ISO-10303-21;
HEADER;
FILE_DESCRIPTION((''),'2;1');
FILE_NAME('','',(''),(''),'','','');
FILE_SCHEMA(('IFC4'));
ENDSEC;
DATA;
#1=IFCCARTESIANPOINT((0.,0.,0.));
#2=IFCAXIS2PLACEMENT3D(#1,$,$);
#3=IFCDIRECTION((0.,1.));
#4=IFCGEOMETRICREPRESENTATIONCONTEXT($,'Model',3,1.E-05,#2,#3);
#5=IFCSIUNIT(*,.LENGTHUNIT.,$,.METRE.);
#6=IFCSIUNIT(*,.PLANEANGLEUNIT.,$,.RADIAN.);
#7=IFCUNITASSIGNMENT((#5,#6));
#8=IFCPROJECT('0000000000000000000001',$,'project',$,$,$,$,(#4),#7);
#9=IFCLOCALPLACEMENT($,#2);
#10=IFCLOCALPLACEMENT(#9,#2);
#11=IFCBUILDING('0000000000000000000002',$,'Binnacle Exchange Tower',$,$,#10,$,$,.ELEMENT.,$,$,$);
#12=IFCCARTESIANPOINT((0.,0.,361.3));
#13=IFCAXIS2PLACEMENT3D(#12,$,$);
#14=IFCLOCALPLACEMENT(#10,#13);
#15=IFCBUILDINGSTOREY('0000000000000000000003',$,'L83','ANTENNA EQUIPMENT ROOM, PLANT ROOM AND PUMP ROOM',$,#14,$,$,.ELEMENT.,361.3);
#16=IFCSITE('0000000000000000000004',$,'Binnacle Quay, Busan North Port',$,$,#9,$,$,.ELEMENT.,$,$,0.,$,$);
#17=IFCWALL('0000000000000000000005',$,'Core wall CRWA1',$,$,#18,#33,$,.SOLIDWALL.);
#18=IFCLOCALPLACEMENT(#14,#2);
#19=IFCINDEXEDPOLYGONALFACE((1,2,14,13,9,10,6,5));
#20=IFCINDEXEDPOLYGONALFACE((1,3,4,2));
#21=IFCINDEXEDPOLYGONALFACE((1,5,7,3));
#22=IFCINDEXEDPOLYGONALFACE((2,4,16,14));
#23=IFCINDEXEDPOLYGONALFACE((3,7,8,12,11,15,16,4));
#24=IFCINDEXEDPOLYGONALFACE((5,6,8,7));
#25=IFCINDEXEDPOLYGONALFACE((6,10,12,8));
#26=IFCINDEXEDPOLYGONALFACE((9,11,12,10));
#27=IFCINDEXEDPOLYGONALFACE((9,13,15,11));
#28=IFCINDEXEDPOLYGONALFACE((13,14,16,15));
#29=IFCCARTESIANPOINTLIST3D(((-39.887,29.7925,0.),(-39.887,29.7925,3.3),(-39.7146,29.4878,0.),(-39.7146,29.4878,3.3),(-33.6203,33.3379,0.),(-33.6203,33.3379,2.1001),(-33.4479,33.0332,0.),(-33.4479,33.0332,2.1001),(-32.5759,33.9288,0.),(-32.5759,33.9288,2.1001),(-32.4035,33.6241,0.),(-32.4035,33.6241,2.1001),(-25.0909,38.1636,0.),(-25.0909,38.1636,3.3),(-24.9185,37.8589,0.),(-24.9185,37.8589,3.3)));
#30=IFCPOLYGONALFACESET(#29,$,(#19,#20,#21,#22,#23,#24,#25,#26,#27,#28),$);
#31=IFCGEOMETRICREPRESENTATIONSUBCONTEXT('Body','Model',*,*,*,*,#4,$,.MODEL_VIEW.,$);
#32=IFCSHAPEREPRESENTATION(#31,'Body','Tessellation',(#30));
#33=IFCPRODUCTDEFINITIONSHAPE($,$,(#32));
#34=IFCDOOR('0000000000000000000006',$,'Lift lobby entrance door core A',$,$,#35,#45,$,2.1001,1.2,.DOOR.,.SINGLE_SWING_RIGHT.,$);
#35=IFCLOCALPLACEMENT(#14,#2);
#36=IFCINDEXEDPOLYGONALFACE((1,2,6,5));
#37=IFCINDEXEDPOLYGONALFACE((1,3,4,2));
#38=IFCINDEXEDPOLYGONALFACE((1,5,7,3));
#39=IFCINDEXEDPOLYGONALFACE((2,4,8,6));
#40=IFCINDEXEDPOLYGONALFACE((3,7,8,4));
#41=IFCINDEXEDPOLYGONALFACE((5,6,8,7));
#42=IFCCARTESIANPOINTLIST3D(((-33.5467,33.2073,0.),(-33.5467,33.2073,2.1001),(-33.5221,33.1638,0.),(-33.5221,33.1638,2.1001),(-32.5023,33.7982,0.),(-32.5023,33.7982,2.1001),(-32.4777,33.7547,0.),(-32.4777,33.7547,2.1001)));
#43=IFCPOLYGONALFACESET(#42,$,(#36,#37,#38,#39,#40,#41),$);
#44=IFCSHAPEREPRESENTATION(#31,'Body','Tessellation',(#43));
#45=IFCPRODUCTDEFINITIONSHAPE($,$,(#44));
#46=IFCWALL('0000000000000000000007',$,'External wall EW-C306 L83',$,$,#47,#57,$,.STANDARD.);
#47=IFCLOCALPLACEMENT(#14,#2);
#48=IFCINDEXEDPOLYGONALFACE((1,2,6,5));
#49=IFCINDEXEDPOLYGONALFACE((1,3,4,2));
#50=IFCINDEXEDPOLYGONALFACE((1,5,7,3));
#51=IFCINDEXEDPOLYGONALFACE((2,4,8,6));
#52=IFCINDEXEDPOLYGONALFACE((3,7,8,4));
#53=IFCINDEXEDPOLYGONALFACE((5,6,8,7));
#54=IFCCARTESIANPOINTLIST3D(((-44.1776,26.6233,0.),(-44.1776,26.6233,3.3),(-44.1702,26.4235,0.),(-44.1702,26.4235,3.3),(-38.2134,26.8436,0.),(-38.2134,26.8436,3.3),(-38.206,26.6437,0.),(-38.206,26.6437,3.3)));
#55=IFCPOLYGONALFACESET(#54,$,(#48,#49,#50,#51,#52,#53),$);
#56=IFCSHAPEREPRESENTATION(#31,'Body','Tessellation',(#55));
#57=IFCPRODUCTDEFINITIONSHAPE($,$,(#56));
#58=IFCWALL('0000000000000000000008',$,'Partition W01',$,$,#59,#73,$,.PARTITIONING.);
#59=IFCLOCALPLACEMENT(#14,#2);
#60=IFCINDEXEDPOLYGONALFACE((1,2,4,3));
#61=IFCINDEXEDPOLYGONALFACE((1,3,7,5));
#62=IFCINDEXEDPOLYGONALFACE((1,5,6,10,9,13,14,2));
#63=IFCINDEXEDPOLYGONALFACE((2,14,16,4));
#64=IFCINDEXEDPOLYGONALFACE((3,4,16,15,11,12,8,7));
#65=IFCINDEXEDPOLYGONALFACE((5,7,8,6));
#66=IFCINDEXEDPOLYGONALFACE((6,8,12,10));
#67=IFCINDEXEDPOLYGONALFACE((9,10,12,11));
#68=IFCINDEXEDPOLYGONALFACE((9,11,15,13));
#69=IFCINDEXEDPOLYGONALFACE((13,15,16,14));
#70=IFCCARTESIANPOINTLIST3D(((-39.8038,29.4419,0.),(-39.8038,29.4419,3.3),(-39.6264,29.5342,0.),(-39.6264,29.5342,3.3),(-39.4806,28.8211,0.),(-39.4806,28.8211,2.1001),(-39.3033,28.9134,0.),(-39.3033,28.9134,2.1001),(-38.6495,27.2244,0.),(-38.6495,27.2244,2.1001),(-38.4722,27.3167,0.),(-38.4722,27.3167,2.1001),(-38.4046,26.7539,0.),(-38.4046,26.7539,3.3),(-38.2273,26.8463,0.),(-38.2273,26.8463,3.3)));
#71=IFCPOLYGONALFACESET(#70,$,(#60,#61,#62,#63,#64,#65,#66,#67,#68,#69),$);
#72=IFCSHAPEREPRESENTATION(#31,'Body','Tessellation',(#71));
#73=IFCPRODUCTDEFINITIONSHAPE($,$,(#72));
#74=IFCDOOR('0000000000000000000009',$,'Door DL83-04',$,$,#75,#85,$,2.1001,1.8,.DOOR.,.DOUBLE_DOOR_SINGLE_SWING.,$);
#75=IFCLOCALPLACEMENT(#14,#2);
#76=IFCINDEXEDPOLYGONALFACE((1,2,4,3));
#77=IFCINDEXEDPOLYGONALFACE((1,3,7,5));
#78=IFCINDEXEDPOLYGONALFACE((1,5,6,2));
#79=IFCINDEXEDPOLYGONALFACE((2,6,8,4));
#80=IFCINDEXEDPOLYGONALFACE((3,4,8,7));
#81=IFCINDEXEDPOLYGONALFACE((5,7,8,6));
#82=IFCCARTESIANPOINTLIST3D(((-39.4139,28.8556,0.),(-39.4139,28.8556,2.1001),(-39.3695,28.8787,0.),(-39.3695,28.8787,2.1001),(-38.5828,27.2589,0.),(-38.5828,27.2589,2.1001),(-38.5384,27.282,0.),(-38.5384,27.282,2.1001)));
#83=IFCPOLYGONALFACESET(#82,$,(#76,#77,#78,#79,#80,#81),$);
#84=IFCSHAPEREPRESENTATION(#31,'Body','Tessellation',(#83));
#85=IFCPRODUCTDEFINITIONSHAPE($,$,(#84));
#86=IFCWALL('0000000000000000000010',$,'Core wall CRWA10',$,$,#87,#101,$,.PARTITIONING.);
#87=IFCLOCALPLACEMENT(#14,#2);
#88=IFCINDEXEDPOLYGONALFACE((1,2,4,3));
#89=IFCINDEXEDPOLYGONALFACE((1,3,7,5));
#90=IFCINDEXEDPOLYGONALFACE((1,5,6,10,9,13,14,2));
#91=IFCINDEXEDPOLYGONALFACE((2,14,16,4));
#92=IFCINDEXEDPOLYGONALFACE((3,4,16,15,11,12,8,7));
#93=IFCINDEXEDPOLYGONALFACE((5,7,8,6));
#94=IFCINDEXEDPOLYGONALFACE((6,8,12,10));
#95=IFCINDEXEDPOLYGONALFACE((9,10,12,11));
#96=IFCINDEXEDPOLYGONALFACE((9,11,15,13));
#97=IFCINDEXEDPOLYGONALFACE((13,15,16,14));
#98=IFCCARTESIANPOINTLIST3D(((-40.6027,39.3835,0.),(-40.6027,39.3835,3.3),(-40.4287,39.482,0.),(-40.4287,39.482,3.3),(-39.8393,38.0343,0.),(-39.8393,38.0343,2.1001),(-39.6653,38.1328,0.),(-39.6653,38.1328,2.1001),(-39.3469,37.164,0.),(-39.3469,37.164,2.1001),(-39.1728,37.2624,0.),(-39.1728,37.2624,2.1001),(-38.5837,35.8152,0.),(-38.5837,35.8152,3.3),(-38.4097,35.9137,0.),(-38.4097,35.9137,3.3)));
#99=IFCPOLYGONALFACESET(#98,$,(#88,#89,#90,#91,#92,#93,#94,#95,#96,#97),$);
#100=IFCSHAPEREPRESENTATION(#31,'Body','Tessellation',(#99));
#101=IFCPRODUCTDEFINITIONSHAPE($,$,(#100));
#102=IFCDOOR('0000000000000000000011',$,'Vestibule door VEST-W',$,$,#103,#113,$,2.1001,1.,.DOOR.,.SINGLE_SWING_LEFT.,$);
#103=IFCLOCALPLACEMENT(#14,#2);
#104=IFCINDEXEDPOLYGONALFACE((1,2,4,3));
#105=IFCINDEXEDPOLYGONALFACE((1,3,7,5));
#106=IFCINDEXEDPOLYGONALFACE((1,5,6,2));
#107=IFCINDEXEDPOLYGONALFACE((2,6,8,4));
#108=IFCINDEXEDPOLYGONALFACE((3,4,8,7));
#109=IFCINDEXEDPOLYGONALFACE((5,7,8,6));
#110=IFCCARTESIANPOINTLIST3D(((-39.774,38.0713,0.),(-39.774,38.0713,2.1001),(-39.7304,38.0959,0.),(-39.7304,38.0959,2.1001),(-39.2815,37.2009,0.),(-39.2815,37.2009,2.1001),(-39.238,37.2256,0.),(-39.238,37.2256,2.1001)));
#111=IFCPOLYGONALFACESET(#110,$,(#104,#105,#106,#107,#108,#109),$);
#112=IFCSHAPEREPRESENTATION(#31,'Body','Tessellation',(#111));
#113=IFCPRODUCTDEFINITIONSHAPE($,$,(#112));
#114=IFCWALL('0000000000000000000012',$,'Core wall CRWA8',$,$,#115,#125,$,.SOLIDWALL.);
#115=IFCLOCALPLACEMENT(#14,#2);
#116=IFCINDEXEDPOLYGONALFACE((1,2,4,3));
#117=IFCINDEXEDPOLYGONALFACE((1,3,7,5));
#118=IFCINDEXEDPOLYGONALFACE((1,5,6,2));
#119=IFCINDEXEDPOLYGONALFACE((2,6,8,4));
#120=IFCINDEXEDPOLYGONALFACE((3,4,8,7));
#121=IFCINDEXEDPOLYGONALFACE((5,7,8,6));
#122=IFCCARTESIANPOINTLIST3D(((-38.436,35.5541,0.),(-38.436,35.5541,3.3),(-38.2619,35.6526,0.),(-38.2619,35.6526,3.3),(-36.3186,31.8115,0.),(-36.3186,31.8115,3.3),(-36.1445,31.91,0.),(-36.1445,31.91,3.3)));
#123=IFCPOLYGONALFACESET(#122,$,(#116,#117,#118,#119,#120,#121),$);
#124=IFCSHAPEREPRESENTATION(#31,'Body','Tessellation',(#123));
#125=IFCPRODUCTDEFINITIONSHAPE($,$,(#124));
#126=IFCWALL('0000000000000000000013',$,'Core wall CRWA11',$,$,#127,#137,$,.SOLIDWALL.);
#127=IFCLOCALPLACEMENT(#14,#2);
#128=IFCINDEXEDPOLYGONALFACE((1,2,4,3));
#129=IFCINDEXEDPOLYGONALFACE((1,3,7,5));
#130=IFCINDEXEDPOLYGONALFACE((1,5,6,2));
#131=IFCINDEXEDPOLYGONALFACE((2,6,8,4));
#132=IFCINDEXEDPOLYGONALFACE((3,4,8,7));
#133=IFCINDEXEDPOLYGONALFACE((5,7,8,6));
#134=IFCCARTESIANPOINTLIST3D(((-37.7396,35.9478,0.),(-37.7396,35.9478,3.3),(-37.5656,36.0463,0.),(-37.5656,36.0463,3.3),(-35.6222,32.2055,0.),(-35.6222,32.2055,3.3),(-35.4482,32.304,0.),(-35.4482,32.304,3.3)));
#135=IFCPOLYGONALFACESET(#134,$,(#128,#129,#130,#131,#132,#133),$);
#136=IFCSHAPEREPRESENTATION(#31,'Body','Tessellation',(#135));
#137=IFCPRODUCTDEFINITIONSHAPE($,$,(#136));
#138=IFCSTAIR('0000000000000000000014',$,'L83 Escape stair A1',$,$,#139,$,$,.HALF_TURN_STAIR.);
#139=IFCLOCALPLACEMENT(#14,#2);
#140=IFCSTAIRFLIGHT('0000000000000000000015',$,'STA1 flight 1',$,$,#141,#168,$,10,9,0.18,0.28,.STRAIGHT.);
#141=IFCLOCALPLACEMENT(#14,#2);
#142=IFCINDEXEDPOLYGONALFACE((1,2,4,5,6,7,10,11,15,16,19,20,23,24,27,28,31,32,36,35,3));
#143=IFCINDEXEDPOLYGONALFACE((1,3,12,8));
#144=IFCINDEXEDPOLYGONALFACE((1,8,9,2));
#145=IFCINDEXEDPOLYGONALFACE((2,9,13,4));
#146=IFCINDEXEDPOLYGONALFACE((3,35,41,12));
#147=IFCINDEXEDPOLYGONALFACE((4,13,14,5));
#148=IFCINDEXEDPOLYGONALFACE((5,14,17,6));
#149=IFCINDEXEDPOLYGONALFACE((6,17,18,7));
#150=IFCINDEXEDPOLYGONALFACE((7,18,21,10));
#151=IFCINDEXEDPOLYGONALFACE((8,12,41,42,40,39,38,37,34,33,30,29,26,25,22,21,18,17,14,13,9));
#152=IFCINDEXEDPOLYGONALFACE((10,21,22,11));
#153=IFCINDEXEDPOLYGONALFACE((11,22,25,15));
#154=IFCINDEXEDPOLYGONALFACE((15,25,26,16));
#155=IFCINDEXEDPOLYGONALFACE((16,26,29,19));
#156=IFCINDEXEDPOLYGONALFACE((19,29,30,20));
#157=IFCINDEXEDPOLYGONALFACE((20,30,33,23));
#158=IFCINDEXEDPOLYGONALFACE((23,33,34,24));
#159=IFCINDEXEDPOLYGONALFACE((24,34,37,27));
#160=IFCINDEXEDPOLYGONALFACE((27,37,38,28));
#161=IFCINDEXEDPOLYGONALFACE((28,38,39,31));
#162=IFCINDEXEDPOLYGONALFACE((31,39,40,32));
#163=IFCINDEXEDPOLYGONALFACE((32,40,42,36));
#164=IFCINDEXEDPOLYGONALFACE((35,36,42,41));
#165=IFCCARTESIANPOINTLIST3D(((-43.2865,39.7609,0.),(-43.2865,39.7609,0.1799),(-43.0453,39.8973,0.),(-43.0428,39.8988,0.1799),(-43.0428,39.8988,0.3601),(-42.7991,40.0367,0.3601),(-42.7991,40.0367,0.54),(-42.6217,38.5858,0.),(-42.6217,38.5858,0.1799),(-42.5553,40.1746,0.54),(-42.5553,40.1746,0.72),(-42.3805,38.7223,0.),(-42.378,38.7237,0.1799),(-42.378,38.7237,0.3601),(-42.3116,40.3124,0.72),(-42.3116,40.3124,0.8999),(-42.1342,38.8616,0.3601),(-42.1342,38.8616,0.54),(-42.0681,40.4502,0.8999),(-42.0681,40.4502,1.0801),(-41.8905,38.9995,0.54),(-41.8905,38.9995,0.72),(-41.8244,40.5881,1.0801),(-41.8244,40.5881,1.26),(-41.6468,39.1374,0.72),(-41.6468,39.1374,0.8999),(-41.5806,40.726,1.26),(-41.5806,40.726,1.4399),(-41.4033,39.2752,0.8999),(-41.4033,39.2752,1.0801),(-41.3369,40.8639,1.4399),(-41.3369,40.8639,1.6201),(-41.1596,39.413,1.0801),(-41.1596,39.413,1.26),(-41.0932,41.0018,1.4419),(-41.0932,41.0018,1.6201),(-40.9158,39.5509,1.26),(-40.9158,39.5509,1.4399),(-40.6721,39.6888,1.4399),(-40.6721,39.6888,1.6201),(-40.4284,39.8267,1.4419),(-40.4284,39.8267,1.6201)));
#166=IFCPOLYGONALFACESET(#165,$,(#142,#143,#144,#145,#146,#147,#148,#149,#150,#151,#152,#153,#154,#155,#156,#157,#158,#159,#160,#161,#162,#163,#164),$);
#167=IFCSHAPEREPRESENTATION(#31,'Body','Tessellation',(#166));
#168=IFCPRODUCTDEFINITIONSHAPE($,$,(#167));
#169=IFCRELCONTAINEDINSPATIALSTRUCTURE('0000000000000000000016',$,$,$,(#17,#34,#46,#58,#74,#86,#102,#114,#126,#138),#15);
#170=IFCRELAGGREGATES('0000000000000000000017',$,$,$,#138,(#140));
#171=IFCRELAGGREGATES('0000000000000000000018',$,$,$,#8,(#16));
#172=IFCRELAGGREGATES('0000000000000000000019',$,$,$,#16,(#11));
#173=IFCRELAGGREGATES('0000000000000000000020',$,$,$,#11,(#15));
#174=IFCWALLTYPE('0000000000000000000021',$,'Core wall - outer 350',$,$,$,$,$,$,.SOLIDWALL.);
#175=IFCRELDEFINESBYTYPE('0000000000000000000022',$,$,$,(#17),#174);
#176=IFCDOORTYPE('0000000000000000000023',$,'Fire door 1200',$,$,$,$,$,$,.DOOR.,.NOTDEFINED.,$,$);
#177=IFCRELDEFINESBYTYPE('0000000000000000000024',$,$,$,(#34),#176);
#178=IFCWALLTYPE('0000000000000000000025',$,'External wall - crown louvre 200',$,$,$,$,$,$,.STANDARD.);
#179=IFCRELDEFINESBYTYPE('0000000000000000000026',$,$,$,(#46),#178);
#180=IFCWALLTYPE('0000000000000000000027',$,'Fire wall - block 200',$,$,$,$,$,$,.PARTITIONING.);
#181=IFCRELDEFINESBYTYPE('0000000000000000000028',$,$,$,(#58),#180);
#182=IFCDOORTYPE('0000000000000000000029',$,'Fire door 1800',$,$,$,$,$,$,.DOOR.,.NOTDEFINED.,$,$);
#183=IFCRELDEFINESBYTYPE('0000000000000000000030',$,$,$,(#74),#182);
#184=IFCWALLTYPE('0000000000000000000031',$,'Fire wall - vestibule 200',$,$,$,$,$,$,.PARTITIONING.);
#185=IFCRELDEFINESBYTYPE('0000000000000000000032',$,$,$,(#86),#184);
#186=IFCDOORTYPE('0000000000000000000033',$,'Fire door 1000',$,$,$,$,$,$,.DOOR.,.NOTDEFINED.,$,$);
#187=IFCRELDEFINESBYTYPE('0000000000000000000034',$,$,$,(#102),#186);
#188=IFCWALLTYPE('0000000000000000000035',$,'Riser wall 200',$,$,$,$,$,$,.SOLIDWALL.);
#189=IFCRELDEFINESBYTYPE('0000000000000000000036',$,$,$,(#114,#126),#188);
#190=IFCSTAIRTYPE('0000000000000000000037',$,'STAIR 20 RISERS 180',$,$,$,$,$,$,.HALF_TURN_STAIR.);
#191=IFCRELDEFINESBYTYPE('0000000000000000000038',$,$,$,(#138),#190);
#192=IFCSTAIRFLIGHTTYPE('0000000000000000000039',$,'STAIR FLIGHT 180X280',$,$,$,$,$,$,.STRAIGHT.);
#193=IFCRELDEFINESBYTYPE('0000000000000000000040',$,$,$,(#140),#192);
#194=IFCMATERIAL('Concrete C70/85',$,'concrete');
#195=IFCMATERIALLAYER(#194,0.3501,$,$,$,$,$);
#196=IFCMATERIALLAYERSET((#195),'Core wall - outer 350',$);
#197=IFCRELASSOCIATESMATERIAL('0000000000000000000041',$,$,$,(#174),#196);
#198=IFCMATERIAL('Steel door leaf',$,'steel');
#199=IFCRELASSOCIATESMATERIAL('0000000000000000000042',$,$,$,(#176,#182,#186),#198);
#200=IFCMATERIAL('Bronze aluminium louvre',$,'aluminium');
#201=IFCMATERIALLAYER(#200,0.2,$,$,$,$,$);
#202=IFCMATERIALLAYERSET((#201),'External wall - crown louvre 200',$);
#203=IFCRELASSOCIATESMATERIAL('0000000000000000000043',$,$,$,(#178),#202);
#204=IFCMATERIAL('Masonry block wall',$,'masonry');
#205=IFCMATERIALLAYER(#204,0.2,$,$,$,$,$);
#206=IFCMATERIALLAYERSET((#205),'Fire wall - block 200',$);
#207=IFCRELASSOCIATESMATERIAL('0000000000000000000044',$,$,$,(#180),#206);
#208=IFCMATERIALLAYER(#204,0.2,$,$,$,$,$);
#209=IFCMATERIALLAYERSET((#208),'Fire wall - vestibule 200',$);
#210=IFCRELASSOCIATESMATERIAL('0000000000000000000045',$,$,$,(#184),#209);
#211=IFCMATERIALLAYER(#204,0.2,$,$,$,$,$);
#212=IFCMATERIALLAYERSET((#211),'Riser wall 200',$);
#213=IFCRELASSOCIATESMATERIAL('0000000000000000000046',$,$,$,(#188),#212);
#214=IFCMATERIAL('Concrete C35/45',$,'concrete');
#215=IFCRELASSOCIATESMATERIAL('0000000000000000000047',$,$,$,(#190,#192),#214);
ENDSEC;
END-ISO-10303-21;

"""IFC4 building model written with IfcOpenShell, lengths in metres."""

from ifc_helpers import new_model, si_unit, direction, frame, frame_2d, origin, place, context, subcontext, project, spatial, polyline, rectangle, outline, extrude, material, layer, layer_set, type_object, element, fill, aggregate, save


model = new_model("IFC4")

# Units and contexts
model_context = context("Model", 3, precision=1e-05, world=origin(), true_north=direction((0.0, 1.0)))
body_context = subcontext(model_context, "Body", "Model", "MODEL_VIEW")
ifc_project = project(units=[si_unit("LENGTHUNIT", "METRE"), si_unit("PLANEANGLEUNIT", "RADIAN")], contexts=[model_context])

# Site, building, storey
site_placement = place(None, origin())
site = spatial("IfcSite", under=ifc_project, at=site_placement, Name="Binnacle Quay, Busan North Port", CompositionType="ELEMENT", RefElevation=0.0)
building_placement = place(site_placement, origin())
building = spatial("IfcBuilding", under=site, at=building_placement, Name="Binnacle Exchange Tower", CompositionType="ELEMENT")
storey_placement = place(building_placement, frame((0.0, 0.0, 361.3)))
storey = spatial("IfcBuildingStorey", under=building, at=storey_placement, Name="L83", Description="ANTENNA EQUIPMENT ROOM, PLANT ROOM AND PUMP ROOM", CompositionType="ELEMENT", Elevation=361.3)

# Shared definitions
ifc_material_1 = material(Name="Concrete C70/85", Category="concrete")
ifc_material_2 = material(Name="Steel door leaf", Category="steel")

# Wall, opening, door
ifc_layer_1 = layer(ifc_material_1, 0.3501)
ifc_layer_set_1 = layer_set([ifc_layer_1], Name="Core wall - outer 350")
wall_type_1 = type_object("IfcWallType", Name="Core wall - outer 350", PredefinedType="SOLIDWALL", material=ifc_layer_set_1)
wall_1_placement = place(storey_placement, frame((-39.8008, 29.6401, 0.0), z_axis=(0.0, 0.0, 1.0), x_axis=(0.87036, 0.492416, 0.0)))
wall_1 = element("IfcWall", 1, at=wall_1_placement, inside=storey, type_object=wall_type_1, Name="Core wall CRWA1", PredefinedType="SOLIDWALL", context=body_context, shape_type="SweptSolid", body=[
    extrude(rectangle(XDim=17.0, YDim=0.3501, at=frame_2d((8.5, 0.0))), origin(), (0.0, 0.0, 1.0), 3.3),
])
opening_1_placement = place(wall_1_placement, frame((7.2, 0.0, 0.0)))
opening_1 = element("IfcOpeningElement", 2, at=opening_1_placement, cuts=wall_1, PredefinedType="OPENING", context=body_context, shape_type="SweptSolid", body=[
    extrude(rectangle(XDim=1.2, YDim=2.1001, at=frame_2d((0.6001, 1.05))), frame((0.0, 0.1851, 0.0), z_axis=(0.0, -1.0, 0.0), x_axis=(1.0, 0.0, 0.0)), (0.0, 0.0, 1.0), 0.3701),
])
door_type_1 = type_object("IfcDoorType", Name="Fire door 1200", OperationType="NOTDEFINED", PredefinedType="DOOR", material=ifc_material_2)
door_1_placement = place(opening_1_placement, frame((1.2, 0.0, 0.0), z_axis=(0.0, 0.0, 1.0), x_axis=(-1.0, 0.0, 0.0)))
door_1 = element("IfcDoor", 3, at=door_1_placement, inside=storey, type_object=door_type_1, Name="Lift lobby entrance door core A", OperationType="SINGLE_SWING_RIGHT", OverallHeight=2.1001, OverallWidth=1.2, PredefinedType="DOOR", context=body_context, shape_type="SweptSolid", body=[
    extrude(rectangle(XDim=1.2, YDim=2.1001, at=frame_2d((0.6001, 1.05))), frame((0.0, 0.0249, 0.0), z_axis=(0.0, -1.0, 0.0), x_axis=(1.0, 0.0, 0.0)), (0.0, 0.0, 1.0), 0.05),
])
fill(opening_1, door_1)

# Wall
ifc_material_3 = material(Name="Bronze aluminium louvre", Category="aluminium")
ifc_layer_2 = layer(ifc_material_3, 0.2)
ifc_layer_set_2 = layer_set([ifc_layer_2], Name="External wall - crown louvre 200")
wall_type_2 = type_object("IfcWallType", Name="External wall - crown louvre 200", PredefinedType="STANDARD", material=ifc_layer_set_2)
wall_2_placement = place(storey_placement, frame((-38.2097, 26.7437, 0.0), z_axis=(0.0, 0.0, 1.0), x_axis=(-0.999319, -0.036898, 0.0)))
element("IfcWall", 4, at=wall_2_placement, inside=storey, type_object=wall_type_2, Name="External wall EW-C306 L83", PredefinedType="STANDARD", context=body_context, shape_type="SweptSolid", body=[
    extrude(rectangle(XDim=5.9683, YDim=0.2, at=frame_2d((2.9841, 0.0))), origin(), (0.0, 0.0, 1.0), 3.3),
])

# Walls, openings, doors
ifc_material_4 = material(Name="Masonry block wall", Category="masonry")
ifc_layer_3 = layer(ifc_material_4, 0.2)
ifc_layer_set_3 = layer_set([ifc_layer_3], Name="Fire wall - block 200")
wall_type_3 = type_object("IfcWallType", Name="Fire wall - block 200", PredefinedType="PARTITIONING", material=ifc_layer_set_3)
wall_3_placement = place(storey_placement, frame((-39.7151, 29.488, 0.0), z_axis=(0.0, 0.0, 1.0), x_axis=(0.461721, -0.887025, 0.0)))
wall_3 = element("IfcWall", 5, at=wall_3_placement, inside=storey, type_object=wall_type_3, Name="Partition W01", PredefinedType="PARTITIONING", context=body_context, shape_type="SweptSolid", body=[
    extrude(rectangle(XDim=3.0303, YDim=0.2, at=frame_2d((1.5151, 0.0))), origin(), (0.0, 0.0, 1.0), 3.3),
])
opening_2_placement = place(wall_3_placement, frame((0.7, 0.0, 0.0)))
opening_2 = element("IfcOpeningElement", 6, at=opening_2_placement, cuts=wall_3, PredefinedType="OPENING", context=body_context, shape_type="SweptSolid", body=[
    extrude(rectangle(XDim=1.8, YDim=2.1001, at=frame_2d((0.8999, 1.05))), frame((0.0, 0.1099, 0.0), z_axis=(0.0, -1.0, 0.0), x_axis=(1.0, 0.0, 0.0)), (0.0, 0.0, 1.0), 0.22),
])
door_type_2 = type_object("IfcDoorType", Name="Fire door 1800", OperationType="NOTDEFINED", PredefinedType="DOOR", material=ifc_material_2)
door_2_placement = place(opening_2_placement, frame((1.8, 0.0, 0.0), z_axis=(0.0, 0.0, 1.0), x_axis=(-1.0, 0.0, 0.0)))
door_2 = element("IfcDoor", 7, at=door_2_placement, inside=storey, type_object=door_type_2, Name="Door DL83-04", OperationType="DOUBLE_DOOR_SINGLE_SWING", OverallHeight=2.1001, OverallWidth=1.8, PredefinedType="DOOR", context=body_context, shape_type="SweptSolid", body=[
    extrude(rectangle(XDim=1.8, YDim=2.1001, at=frame_2d((0.8999, 1.05))), frame((0.0, 0.0249, 0.0), z_axis=(0.0, -1.0, 0.0), x_axis=(1.0, 0.0, 0.0)), (0.0, 0.0, 1.0), 0.05),
])
fill(opening_2, door_2)
ifc_layer_4 = layer(ifc_material_4, 0.2)
ifc_layer_set_4 = layer_set([ifc_layer_4], Name="Fire wall - vestibule 200")
wall_type_4 = type_object("IfcWallType", Name="Fire wall - vestibule 200", PredefinedType="PARTITIONING", material=ifc_layer_set_4)
wall_4_placement = place(storey_placement, frame((-40.5156, 39.4326, 0.0), z_axis=(0.0, 0.0, 1.0), x_axis=(0.492454, -0.870339, 0.0)))
wall_4 = element("IfcWall", 8, at=wall_4_placement, inside=storey, type_object=wall_type_4, Name="Core wall CRWA10", PredefinedType="PARTITIONING", context=body_context, shape_type="SweptSolid", body=[
    extrude(rectangle(XDim=4.0999, YDim=0.2, at=frame_2d((2.0498, 0.0))), origin(), (0.0, 0.0, 1.0), 3.3),
])
opening_3_placement = place(wall_4_placement, frame((1.55, 0.0, 0.0)))
opening_3 = element("IfcOpeningElement", 9, at=opening_3_placement, cuts=wall_4, PredefinedType="OPENING", context=body_context, shape_type="SweptSolid", body=[
    extrude(rectangle(XDim=1.0, YDim=2.1001, at=frame_2d((0.5, 1.05))), frame((0.0, 0.1099, 0.0), z_axis=(0.0, -1.0, 0.0), x_axis=(1.0, 0.0, 0.0)), (0.0, 0.0, 1.0), 0.22),
])
door_type_3 = type_object("IfcDoorType", Name="Fire door 1000", OperationType="NOTDEFINED", PredefinedType="DOOR", material=ifc_material_2)
door_3_placement = place(opening_3_placement, frame((1.0, 0.0, 0.0), z_axis=(0.0, 0.0, 1.0), x_axis=(-1.0, 0.0, 0.0)))
door_3 = element("IfcDoor", 10, at=door_3_placement, inside=storey, type_object=door_type_3, Name="Vestibule door VEST-W", OperationType="SINGLE_SWING_LEFT", OverallHeight=2.1001, OverallWidth=1.0, PredefinedType="DOOR", context=body_context, shape_type="SweptSolid", body=[
    extrude(rectangle(XDim=1.0, YDim=2.1001, at=frame_2d((0.5, 1.05))), frame((0.0, 0.0249, 0.0), z_axis=(0.0, -1.0, 0.0), x_axis=(1.0, 0.0, 0.0)), (0.0, 0.0, 1.0), 0.05),
])
fill(opening_3, door_3)

# Walls
ifc_layer_5 = layer(ifc_material_4, 0.2)
ifc_layer_set_5 = layer_set([ifc_layer_5], Name="Riser wall 200")
wall_type_5 = type_object("IfcWallType", Name="Riser wall 200", PredefinedType="SOLIDWALL", material=ifc_layer_set_5)
wall_5_placement = place(storey_placement, frame((-38.3489, 35.6033, 0.0), z_axis=(0.0, 0.0, 1.0), x_axis=(0.492411, -0.870363, 0.0)))
element("IfcWall", 11, at=wall_5_placement, inside=storey, type_object=wall_type_5, Name="Core wall CRWA8", PredefinedType="SOLIDWALL", context=body_context, shape_type="SweptSolid", body=[
    extrude(rectangle(XDim=4.3, YDim=0.2, at=frame_2d((2.1499, 0.0))), origin(), (0.0, 0.0, 1.0), 3.3),
])
wall_6_placement = place(storey_placement, frame((-37.6526, 35.9971, 0.0), z_axis=(0.0, 0.0, 1.0), x_axis=(0.492435, -0.870349, 0.0)))
element("IfcWall", 12, at=wall_6_placement, inside=storey, type_object=wall_type_5, Name="Core wall CRWA11", PredefinedType="SOLIDWALL", context=body_context, shape_type="SweptSolid", body=[
    extrude(rectangle(XDim=4.2998, YDim=0.2, at=frame_2d((2.1499, 0.0))), origin(), (0.0, 0.0, 1.0), 3.3),
])

# Stair, stair flight
ifc_material_5 = material(Name="Concrete C35/45", Category="concrete")
stair_type = type_object("IfcStairType", Name="STAIR 20 RISERS 180", PredefinedType="HALF_TURN_STAIR", material=ifc_material_5)
stair_placement = place(storey_placement, origin())
stair = element("IfcStair", 13, at=stair_placement, inside=storey, type_object=stair_type, Name="L83 Escape stair A1", PredefinedType="HALF_TURN_STAIR")
stair_flight_type = type_object("IfcStairFlightType", Name="STAIR FLIGHT 180X280", PredefinedType="STRAIGHT", material=ifc_material_5)
stair_flight_1_placement = place(storey_placement, frame((-42.9541, 39.1733, 0.0), z_axis=(0.0, 0.0, 1.0), x_axis=(0.870356, 0.492424, 0.0)))
stair_flight_1 = element("IfcStairFlight", 14, at=stair_flight_1_placement, type_object=stair_flight_type, Name="STA1 flight 1", NumberOfRisers=10, NumberOfTreads=9, PredefinedType="STRAIGHT", RiserHeight=0.18, TreadLength=0.28, context=body_context, shape_type="SweptSolid", body=[
    extrude(outline(polyline([(0.0, 0.0), (0.0, 0.1799), (0.28, 0.1799), (0.28, 0.3601), (0.5601, 0.3601), (0.5601, 0.54), (0.8401, 0.54), (0.8401, 0.72), (1.1201, 0.72), (1.1201, 0.8999), (1.3999, 0.8999), (1.3999, 1.0801), (1.6799, 1.0801), (1.6799, 1.26), (1.96, 1.26), (1.96, 1.4399), (2.24, 1.4399), (2.24, 1.6201), (2.52, 1.6201), (2.52, 1.8), (2.52, 1.4419), (0.2771, 0.0), (0.0, 0.0)])), frame((0.0, 0.675, 0.0), z_axis=(0.0, -1.0, 0.0), x_axis=(1.0, 0.0, 0.0)), (0.0, 0.0, 1.0), 1.3501),
])
aggregate(stair, [stair_flight_1])

save(model, "model.ifc")
